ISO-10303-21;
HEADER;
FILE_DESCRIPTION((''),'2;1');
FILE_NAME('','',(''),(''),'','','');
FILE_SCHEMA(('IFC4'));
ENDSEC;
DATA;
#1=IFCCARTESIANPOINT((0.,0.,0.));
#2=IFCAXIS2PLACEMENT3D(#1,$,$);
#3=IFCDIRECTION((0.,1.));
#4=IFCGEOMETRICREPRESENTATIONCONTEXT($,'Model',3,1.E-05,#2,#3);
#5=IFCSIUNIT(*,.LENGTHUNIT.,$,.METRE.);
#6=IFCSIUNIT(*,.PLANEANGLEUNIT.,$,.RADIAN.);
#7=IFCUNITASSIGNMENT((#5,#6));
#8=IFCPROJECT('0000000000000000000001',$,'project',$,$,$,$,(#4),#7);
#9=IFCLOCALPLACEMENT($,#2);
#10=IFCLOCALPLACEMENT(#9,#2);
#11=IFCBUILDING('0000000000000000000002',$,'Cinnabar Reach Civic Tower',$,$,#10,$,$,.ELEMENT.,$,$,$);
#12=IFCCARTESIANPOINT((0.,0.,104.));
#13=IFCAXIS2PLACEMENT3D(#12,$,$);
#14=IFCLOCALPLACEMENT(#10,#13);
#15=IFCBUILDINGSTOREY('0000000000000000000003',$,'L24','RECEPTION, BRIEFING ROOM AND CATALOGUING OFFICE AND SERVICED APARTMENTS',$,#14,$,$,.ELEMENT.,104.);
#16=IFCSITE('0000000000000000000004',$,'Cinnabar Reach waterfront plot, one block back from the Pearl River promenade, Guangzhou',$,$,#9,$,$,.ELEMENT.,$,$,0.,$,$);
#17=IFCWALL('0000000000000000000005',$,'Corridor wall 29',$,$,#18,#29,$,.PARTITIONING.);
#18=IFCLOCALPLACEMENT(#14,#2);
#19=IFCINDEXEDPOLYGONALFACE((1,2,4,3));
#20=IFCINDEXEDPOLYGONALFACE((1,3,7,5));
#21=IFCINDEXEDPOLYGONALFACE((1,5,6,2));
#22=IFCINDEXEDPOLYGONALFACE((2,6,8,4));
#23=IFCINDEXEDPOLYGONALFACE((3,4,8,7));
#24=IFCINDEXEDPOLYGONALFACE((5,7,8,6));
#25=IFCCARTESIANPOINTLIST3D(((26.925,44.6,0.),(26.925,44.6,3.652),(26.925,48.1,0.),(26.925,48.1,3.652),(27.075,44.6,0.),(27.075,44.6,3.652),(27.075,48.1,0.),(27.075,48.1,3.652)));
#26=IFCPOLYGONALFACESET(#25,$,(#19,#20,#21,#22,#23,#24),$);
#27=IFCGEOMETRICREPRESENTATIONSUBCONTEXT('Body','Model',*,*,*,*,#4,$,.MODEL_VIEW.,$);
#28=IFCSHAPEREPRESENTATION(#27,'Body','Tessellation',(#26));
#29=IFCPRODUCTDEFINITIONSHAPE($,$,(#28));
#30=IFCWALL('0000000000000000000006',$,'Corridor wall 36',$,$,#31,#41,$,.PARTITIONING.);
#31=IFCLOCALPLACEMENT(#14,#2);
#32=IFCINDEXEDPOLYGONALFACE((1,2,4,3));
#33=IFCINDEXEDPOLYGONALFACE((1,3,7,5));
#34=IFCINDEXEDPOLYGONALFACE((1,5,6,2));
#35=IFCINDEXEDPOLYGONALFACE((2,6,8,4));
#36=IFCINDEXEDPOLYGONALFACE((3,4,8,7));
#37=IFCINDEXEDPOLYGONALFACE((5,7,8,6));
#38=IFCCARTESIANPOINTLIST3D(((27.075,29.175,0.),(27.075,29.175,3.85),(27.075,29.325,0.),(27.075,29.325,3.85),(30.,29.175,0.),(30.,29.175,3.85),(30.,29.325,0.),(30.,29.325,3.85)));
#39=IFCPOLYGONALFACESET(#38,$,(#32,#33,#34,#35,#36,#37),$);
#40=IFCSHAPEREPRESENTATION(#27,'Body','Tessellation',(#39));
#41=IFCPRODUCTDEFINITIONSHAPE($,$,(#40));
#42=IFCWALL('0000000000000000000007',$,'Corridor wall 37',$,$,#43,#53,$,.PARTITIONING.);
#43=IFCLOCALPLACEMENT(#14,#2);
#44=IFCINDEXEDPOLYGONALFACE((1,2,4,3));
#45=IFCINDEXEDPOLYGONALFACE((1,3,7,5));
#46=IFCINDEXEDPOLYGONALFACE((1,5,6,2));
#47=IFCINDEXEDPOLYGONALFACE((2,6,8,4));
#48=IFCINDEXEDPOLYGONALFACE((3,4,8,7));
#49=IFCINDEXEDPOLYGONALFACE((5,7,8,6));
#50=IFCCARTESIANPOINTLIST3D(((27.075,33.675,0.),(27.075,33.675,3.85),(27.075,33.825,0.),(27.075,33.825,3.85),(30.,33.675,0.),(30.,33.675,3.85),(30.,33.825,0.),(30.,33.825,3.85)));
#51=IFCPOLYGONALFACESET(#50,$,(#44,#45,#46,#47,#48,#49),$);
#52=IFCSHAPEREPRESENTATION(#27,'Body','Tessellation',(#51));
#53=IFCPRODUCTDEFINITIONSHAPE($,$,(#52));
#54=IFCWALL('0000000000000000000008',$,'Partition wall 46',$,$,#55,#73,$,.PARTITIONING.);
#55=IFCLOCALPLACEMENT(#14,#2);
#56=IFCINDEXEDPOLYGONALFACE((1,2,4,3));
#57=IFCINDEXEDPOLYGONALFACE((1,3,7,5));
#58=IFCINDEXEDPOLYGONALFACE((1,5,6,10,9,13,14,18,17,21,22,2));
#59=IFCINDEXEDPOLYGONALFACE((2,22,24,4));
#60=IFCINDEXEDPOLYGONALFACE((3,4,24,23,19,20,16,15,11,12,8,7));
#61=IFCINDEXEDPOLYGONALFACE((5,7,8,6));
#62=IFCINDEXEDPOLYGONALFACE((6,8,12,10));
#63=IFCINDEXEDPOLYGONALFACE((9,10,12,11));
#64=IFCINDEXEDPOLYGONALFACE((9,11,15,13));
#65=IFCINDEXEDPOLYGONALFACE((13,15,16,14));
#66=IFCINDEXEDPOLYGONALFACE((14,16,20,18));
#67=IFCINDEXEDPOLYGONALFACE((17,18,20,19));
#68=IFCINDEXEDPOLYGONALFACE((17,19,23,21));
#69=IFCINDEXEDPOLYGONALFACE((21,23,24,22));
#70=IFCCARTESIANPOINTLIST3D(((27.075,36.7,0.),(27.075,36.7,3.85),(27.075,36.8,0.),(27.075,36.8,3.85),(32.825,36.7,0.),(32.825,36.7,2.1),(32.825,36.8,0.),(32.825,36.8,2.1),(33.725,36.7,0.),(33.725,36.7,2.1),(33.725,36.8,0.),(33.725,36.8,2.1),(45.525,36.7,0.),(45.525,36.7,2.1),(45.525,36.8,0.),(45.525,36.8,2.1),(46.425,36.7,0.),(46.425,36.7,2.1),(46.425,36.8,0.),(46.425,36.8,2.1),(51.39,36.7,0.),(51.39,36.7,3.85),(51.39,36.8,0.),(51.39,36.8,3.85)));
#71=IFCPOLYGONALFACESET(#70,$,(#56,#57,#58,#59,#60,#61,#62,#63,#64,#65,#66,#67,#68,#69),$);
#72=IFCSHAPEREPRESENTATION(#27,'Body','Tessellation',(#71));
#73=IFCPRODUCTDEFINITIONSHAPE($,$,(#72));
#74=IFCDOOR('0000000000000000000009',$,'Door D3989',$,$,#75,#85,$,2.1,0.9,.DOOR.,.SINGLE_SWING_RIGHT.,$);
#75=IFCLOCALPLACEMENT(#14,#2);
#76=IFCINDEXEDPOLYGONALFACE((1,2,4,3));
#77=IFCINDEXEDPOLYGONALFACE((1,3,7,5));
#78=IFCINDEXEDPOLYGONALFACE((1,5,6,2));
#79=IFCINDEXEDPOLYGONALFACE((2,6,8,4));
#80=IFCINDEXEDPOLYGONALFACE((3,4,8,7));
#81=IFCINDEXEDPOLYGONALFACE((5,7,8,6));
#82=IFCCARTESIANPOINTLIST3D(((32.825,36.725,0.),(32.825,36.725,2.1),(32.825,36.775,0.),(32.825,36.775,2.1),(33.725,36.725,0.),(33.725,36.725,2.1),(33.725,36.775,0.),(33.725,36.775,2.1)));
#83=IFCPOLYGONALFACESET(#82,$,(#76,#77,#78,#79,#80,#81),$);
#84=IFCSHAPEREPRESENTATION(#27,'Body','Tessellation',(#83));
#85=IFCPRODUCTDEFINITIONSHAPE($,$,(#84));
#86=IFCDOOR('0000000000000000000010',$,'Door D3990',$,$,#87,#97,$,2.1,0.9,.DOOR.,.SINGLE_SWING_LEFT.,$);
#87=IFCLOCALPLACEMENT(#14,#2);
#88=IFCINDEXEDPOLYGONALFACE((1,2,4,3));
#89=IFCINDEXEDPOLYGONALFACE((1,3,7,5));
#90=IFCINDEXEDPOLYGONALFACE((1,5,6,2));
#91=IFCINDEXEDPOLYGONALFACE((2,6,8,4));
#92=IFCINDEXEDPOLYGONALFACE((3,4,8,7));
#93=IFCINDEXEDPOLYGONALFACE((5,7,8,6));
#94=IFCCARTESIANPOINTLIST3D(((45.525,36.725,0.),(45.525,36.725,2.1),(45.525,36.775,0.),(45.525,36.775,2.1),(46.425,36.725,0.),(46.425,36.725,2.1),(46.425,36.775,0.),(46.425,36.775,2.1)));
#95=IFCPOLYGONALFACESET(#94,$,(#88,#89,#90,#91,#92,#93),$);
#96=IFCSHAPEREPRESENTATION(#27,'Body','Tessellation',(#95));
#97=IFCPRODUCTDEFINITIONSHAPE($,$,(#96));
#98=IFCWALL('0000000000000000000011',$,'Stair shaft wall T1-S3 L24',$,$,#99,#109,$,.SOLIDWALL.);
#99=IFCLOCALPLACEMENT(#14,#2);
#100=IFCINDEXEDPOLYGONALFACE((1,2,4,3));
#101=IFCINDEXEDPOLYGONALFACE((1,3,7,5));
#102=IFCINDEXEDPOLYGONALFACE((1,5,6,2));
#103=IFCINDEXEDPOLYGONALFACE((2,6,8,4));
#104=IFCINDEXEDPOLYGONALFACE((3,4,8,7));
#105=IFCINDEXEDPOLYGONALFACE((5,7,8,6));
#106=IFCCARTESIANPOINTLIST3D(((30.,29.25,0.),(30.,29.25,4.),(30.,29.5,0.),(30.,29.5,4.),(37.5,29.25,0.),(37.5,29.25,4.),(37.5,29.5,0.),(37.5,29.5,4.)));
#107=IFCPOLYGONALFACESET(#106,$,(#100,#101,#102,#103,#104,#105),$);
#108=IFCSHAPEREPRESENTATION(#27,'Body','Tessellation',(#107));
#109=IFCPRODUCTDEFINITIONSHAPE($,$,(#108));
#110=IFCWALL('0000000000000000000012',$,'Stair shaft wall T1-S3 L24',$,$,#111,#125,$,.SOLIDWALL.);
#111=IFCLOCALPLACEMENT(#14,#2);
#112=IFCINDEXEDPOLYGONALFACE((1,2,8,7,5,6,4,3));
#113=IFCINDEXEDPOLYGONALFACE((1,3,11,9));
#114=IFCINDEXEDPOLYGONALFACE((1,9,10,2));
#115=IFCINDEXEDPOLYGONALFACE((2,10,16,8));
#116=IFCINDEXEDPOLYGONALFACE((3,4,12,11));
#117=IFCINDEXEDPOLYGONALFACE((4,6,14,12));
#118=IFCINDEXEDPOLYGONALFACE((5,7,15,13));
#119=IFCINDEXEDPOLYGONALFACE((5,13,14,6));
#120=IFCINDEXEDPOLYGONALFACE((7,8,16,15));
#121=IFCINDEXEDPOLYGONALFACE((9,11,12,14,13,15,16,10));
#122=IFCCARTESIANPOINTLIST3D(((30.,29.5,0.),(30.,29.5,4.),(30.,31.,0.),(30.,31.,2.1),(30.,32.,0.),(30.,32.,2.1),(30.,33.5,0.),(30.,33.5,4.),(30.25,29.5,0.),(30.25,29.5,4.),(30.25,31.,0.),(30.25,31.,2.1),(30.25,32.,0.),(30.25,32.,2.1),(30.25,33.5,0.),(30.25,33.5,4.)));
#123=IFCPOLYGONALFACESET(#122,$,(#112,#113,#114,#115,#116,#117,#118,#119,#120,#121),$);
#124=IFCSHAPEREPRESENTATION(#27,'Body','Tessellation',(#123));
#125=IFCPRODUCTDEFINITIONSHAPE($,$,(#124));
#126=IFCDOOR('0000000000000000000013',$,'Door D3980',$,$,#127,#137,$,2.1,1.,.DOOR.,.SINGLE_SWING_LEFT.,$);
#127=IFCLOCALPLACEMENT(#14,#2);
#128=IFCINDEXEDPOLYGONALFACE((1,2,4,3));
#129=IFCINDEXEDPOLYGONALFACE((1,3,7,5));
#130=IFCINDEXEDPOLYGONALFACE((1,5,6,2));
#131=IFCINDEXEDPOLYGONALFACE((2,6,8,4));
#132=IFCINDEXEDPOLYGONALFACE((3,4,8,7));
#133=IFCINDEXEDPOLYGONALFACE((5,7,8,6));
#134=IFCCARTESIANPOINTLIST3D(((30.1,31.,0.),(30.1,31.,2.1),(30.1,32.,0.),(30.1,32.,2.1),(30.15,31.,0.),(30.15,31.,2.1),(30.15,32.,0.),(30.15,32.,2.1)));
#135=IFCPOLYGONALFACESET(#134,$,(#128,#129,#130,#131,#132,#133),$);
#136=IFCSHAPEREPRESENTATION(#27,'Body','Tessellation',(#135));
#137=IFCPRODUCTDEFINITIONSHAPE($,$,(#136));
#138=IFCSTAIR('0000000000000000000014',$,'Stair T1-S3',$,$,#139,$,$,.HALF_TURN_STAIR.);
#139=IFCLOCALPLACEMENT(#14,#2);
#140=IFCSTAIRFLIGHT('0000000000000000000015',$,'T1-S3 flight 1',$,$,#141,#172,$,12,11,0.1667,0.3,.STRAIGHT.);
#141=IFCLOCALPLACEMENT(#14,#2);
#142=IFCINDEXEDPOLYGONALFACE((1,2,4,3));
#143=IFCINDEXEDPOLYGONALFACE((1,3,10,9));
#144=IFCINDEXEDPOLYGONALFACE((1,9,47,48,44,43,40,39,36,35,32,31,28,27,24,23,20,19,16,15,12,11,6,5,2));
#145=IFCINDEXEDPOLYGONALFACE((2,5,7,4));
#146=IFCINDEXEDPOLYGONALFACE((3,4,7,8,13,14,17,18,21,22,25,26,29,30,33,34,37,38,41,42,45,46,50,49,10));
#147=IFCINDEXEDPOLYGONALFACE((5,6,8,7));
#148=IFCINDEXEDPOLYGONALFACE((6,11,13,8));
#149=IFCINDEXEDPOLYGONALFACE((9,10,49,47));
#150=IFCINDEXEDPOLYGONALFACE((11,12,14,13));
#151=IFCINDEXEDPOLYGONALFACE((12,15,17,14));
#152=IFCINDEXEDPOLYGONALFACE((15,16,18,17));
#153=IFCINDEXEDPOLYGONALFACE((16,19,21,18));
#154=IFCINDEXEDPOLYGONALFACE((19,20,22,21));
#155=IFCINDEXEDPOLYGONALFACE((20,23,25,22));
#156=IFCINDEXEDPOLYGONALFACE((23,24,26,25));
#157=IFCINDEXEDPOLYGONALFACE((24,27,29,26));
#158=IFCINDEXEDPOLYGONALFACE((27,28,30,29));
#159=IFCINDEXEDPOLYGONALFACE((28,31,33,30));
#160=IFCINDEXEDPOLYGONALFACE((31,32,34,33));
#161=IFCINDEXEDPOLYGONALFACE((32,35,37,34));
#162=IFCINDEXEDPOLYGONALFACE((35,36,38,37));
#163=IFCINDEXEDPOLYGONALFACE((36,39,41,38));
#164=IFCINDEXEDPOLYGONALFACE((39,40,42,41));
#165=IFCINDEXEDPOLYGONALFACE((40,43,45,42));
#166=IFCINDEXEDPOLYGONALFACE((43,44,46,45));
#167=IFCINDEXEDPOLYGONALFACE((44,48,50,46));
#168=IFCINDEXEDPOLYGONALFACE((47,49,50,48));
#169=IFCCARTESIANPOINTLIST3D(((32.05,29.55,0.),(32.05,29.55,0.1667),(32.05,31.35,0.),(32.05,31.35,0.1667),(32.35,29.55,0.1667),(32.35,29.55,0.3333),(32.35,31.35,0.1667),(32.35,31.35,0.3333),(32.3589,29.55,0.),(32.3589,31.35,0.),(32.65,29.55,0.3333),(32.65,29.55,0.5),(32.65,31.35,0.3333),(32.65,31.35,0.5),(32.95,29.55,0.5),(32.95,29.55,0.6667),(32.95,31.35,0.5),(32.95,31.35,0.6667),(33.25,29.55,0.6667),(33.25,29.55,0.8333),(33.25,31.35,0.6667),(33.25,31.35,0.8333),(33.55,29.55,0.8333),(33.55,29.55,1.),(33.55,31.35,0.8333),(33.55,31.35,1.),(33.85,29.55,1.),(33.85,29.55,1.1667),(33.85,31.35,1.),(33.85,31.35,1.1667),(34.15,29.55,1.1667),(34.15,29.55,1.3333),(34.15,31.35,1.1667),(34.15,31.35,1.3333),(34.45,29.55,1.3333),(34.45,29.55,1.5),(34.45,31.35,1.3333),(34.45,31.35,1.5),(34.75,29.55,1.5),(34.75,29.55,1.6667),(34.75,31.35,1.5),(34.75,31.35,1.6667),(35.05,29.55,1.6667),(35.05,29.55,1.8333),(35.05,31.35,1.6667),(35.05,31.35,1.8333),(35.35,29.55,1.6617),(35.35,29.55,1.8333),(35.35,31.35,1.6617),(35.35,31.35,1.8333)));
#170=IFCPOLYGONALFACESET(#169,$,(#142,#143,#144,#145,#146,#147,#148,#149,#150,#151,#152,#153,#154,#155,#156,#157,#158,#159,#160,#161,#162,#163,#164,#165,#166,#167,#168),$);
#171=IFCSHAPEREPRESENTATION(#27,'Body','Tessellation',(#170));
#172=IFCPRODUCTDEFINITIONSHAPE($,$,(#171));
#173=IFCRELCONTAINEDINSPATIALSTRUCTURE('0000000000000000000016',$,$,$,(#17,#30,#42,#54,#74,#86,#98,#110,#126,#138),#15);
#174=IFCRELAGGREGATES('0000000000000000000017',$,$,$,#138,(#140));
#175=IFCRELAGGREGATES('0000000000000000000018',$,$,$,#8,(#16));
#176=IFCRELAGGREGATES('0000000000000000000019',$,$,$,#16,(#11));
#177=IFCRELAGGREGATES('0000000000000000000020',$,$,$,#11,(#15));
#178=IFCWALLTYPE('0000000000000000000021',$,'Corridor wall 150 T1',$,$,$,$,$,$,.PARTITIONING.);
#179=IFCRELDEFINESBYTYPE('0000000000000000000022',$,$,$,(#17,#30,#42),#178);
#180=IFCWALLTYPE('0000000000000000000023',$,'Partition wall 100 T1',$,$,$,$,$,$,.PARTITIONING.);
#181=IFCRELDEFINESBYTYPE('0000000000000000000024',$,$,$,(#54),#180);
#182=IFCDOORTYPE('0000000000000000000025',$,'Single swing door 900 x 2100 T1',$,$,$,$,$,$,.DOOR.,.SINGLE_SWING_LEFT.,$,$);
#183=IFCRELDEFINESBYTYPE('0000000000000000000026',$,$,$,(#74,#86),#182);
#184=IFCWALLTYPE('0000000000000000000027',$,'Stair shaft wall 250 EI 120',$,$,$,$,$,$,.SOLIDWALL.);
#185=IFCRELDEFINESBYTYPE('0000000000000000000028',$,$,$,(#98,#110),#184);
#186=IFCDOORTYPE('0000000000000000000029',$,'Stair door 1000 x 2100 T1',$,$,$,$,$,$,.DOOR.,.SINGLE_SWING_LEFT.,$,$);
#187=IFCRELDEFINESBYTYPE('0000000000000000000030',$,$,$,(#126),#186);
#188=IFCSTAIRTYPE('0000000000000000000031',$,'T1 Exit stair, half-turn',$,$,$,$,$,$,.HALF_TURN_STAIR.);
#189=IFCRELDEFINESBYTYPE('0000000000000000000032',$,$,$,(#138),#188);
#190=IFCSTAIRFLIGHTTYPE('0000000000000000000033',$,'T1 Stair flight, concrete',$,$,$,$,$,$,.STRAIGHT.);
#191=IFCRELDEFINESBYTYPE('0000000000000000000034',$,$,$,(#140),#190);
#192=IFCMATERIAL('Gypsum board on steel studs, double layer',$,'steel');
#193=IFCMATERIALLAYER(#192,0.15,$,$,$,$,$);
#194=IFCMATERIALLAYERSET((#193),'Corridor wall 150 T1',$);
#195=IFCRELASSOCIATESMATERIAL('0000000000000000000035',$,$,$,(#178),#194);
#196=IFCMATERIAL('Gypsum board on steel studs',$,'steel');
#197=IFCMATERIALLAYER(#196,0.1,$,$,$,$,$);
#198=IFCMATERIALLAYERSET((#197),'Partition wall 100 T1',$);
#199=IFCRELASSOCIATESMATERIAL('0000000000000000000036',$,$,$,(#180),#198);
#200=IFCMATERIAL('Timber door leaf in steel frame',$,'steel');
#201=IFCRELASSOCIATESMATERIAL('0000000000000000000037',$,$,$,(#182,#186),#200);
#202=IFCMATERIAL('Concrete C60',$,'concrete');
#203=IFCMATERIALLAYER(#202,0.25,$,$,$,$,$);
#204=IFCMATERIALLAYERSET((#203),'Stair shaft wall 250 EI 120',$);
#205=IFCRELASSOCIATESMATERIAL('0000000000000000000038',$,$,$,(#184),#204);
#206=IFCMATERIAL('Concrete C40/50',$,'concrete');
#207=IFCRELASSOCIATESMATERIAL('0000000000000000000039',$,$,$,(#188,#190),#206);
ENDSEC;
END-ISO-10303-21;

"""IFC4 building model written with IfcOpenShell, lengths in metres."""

from ifc_helpers import new_model, si_unit, direction, frame, frame_2d, origin, place, context, subcontext, project, spatial, polyline, rectangle, outline, extrude, material, layer, layer_set, type_object, element, fill, aggregate, save


model = new_model("IFC4")

# Units and contexts
model_context = context("Model", 3, precision=1e-05, world=origin(), true_north=direction((0.0, 1.0)))
body_context = subcontext(model_context, "Body", "Model", "MODEL_VIEW")
ifc_project = project(units=[si_unit("LENGTHUNIT", "METRE"), si_unit("PLANEANGLEUNIT", "RADIAN")], contexts=[model_context])

# Site, building, storey
site_placement = place(None, origin())
site = spatial("IfcSite", under=ifc_project, at=site_placement, Name="Cinnabar Reach waterfront plot, one block back from the Pearl River promenade, Guangzhou", CompositionType="ELEMENT", RefElevation=0.0)
building_placement = place(site_placement, origin())
building = spatial("IfcBuilding", under=site, at=building_placement, Name="Cinnabar Reach Civic Tower", CompositionType="ELEMENT")
storey_placement = place(building_placement, frame((0.0, 0.0, 104.0)))
storey = spatial("IfcBuildingStorey", under=building, at=storey_placement, Name="L24", Description="RECEPTION, BRIEFING ROOM AND CATALOGUING OFFICE AND SERVICED APARTMENTS", CompositionType="ELEMENT", Elevation=104.0)

# Shared definitions
ifc_material_1 = material(Name="Gypsum board on steel studs, double layer", Category="steel")
ifc_layer_1 = layer(ifc_material_1, 0.15)
ifc_layer_set_1 = layer_set([ifc_layer_1], Name="Corridor wall 150 T1")
wall_type_1 = type_object("IfcWallType", Name="Corridor wall 150 T1", PredefinedType="PARTITIONING", material=ifc_layer_set_1)
ifc_material_2 = material(Name="Timber door leaf in steel frame", Category="steel")

# Walls
wall_1_placement = place(storey_placement, frame((27.0, 44.6, 0.0), z_axis=(0.0, 0.0, 1.0), x_axis=(0.0, 1.0, 0.0)))
element("IfcWall", 1, at=wall_1_placement, inside=storey, type_object=wall_type_1, Name="Corridor wall 29", PredefinedType="PARTITIONING", context=body_context, shape_type="SweptSolid", body=[
    extrude(rectangle(XDim=3.5, YDim=0.15, at=frame_2d((1.75, 0.0))), origin(), (0.0, 0.0, 1.0), 3.652),
])
for number, where, z_axis, x_axis, name in (
    (2, (27.075, 29.25, 0.0), (0.0, 0.0, 1.0), (1.0, 0.0, 0.0), "Corridor wall 36"),
    (3, (27.075, 33.75, 0.0), (0.0, 0.0, 1.0), (1.0, 0.0, 0.0), "Corridor wall 37"),
):
    element("IfcWall", number, at=place(storey_placement, frame(where, z_axis=z_axis, x_axis=x_axis)), inside=storey, type_object=wall_type_1, Name=name, PredefinedType="PARTITIONING", context=body_context, shape_type="SweptSolid", body=[
        extrude(rectangle(XDim=2.925, YDim=0.15, at=frame_2d((1.4625, 0.0))), origin(), (0.0, 0.0, 1.0), 3.85),
    ])

# Wall, openings, doors
ifc_material_3 = material(Name="Gypsum board on steel studs", Category="steel")
ifc_layer_2 = layer(ifc_material_3, 0.1)
ifc_layer_set_2 = layer_set([ifc_layer_2], Name="Partition wall 100 T1")
wall_type_2 = type_object("IfcWallType", Name="Partition wall 100 T1", PredefinedType="PARTITIONING", material=ifc_layer_set_2)
wall_2_placement = place(storey_placement, frame((27.075, 36.75, 0.0), z_axis=(0.0, 0.0, 1.0), x_axis=(1.0, 0.0, 0.0)))
wall_2 = element("IfcWall", 4, at=wall_2_placement, inside=storey, type_object=wall_type_2, Name="Partition wall 46", PredefinedType="PARTITIONING", context=body_context, shape_type="SweptSolid", body=[
    extrude(rectangle(XDim=24.315, YDim=0.1, at=frame_2d((12.1575, 0.0))), origin(), (0.0, 0.0, 1.0), 3.85),
])
opening_1_placement = place(wall_2_placement, frame((5.75, 0.0, 0.0)))
opening_1 = element("IfcOpeningElement", 5, at=opening_1_placement, cuts=wall_2, PredefinedType="OPENING", context=body_context, shape_type="SweptSolid", body=[
    extrude(rectangle(XDim=0.9, YDim=2.1, at=frame_2d((0.45, 1.05))), frame((0.0, 0.06, 0.0), z_axis=(0.0, -1.0, 0.0), x_axis=(1.0, 0.0, 0.0)), (0.0, 0.0, 1.0), 0.12),
])
opening_2_placement = place(wall_2_placement, frame((18.45, 0.0, 0.0)))
opening_2 = element("IfcOpeningElement", 6, at=opening_2_placement, cuts=wall_2, PredefinedType="OPENING", context=body_context, shape_type="SweptSolid", body=[
    extrude(rectangle(XDim=0.9, YDim=2.1, at=frame_2d((0.45, 1.05))), frame((0.0, 0.06, 0.0), z_axis=(0.0, -1.0, 0.0), x_axis=(1.0, 0.0, 0.0)), (0.0, 0.0, 1.0), 0.12),
])
door_type_1 = type_object("IfcDoorType", Name="Single swing door 900 x 2100 T1", OperationType="SINGLE_SWING_LEFT", PredefinedType="DOOR", material=ifc_material_2)
door_1_placement = place(opening_1_placement, frame((0.9, 0.0, 0.0), z_axis=(0.0, 0.0, 1.0), x_axis=(-1.0, 0.0, 0.0)))
door_1 = element("IfcDoor", 7, at=door_1_placement, inside=storey, type_object=door_type_1, Name="Door D3989", OperationType="SINGLE_SWING_RIGHT", OverallHeight=2.1, OverallWidth=0.9, PredefinedType="DOOR", context=body_context, shape_type="SweptSolid", body=[
    extrude(rectangle(XDim=0.9, YDim=2.1, at=frame_2d((0.45, 1.05))), frame((0.0, 0.025, 0.0), z_axis=(0.0, -1.0, 0.0), x_axis=(1.0, 0.0, 0.0)), (0.0, 0.0, 1.0), 0.05),
])
fill(opening_1, door_1)
door_2_placement = place(opening_2_placement, origin())
door_2 = element("IfcDoor", 8, at=door_2_placement, inside=storey, type_object=door_type_1, Name="Door D3990", OperationType="SINGLE_SWING_LEFT", OverallHeight=2.1, OverallWidth=0.9, PredefinedType="DOOR", context=body_context, shape_type="SweptSolid", body=[
    extrude(rectangle(XDim=0.9, YDim=2.1, at=frame_2d((0.45, 1.05))), frame((0.0, 0.025, 0.0), z_axis=(0.0, -1.0, 0.0), x_axis=(1.0, 0.0, 0.0)), (0.0, 0.0, 1.0), 0.05),
])
fill(opening_2, door_2)

# Wall
ifc_material_4 = material(Name="Concrete C60", Category="concrete")
ifc_layer_3 = layer(ifc_material_4, 0.25)
ifc_layer_set_3 = layer_set([ifc_layer_3], Name="Stair shaft wall 250 EI 120")
wall_type_3 = type_object("IfcWallType", Name="Stair shaft wall 250 EI 120", PredefinedType="SOLIDWALL", material=ifc_layer_set_3)
wall_3_placement = place(storey_placement, frame((30.0, 29.375, 0.0), z_axis=(0.0, 0.0, 1.0), x_axis=(1.0, 0.0, 0.0)))
element("IfcWall", 9, at=wall_3_placement, inside=storey, type_object=wall_type_3, Name="Stair shaft wall T1-S3 L24", PredefinedType="SOLIDWALL", context=body_context, shape_type="SweptSolid", body=[
    extrude(rectangle(XDim=7.5, YDim=0.25, at=frame_2d((3.75, 0.0))), origin(), (0.0, 0.0, 1.0), 4.0),
])

# Wall, opening, door
wall_4_placement = place(storey_placement, frame((30.125, 33.5, 0.0), z_axis=(0.0, 0.0, 1.0), x_axis=(0.0, -1.0, 0.0)))
wall_4 = element("IfcWall", 10, at=wall_4_placement, inside=storey, type_object=wall_type_3, Name="Stair shaft wall T1-S3 L24", PredefinedType="SOLIDWALL", context=body_context, shape_type="SweptSolid", body=[
    extrude(rectangle(XDim=4.0, YDim=0.25, at=frame_2d((2.0, 0.0))), origin(), (0.0, 0.0, 1.0), 4.0),
])
opening_3_placement = place(wall_4_placement, frame((1.5, 0.0, 0.0)))
opening_3 = element("IfcOpeningElement", 11, at=opening_3_placement, cuts=wall_4, PredefinedType="OPENING", context=body_context, shape_type="SweptSolid", body=[
    extrude(rectangle(XDim=1.0, YDim=2.1, at=frame_2d((0.5, 1.05))), frame((0.0, 0.135, 0.0), z_axis=(0.0, -1.0, 0.0), x_axis=(1.0, 0.0, 0.0)), (0.0, 0.0, 1.0), 0.27),
])
door_type_2 = type_object("IfcDoorType", Name="Stair door 1000 x 2100 T1", OperationType="SINGLE_SWING_LEFT", PredefinedType="DOOR", material=ifc_material_2)
door_3_placement = place(opening_3_placement, origin())
door_3 = element("IfcDoor", 12, at=door_3_placement, inside=storey, type_object=door_type_2, Name="Door D3980", OperationType="SINGLE_SWING_LEFT", OverallHeight=2.1, OverallWidth=1.0, PredefinedType="DOOR", context=body_context, shape_type="SweptSolid", body=[
    extrude(rectangle(XDim=1.0, YDim=2.1, at=frame_2d((0.5, 1.05))), frame((0.0, 0.025, 0.0), z_axis=(0.0, -1.0, 0.0), x_axis=(1.0, 0.0, 0.0)), (0.0, 0.0, 1.0), 0.05),
])
fill(opening_3, door_3)

# Stair, stair flight
ifc_material_5 = material(Name="Concrete C40/50", Category="concrete")
stair_type = type_object("IfcStairType", Name="T1 Exit stair, half-turn", PredefinedType="HALF_TURN_STAIR", material=ifc_material_5)
stair_placement = place(storey_placement, origin())
stair = element("IfcStair", 13, at=stair_placement, inside=storey, type_object=stair_type, Name="Stair T1-S3", PredefinedType="HALF_TURN_STAIR")
stair_flight_type = type_object("IfcStairFlightType", Name="T1 Stair flight, concrete", PredefinedType="STRAIGHT", material=ifc_material_5)
stair_flight_1_placement = place(storey_placement, frame((32.05, 30.45, 0.0), z_axis=(0.0, 0.0, 1.0), x_axis=(1.0, 0.0, 0.0)))
stair_flight_1 = element("IfcStairFlight", 14, at=stair_flight_1_placement, type_object=stair_flight_type, Name="T1-S3 flight 1", NumberOfRisers=12, NumberOfTreads=11, PredefinedType="STRAIGHT", RiserHeight=0.1667, TreadLength=0.3, context=body_context, shape_type="SweptSolid", body=[
    extrude(outline(polyline([(0.0, 0.0), (0.0, 0.1667), (0.3, 0.1667), (0.3, 0.3333), (0.6, 0.3333), (0.6, 0.5), (0.9, 0.5), (0.9, 0.6667), (1.2, 0.6667), (1.2, 0.8333), (1.5, 0.8333), (1.5, 1.0), (1.8, 1.0), (1.8, 1.1667), (2.1, 1.1667), (2.1, 1.3333), (2.4, 1.3333), (2.4, 1.5), (2.7, 1.5), (2.7, 1.6667), (3.0, 1.6667), (3.0, 1.8333), (3.3, 1.8333), (3.3, 2.0), (3.3, 1.6617), (0.3089, 0.0), (0.0, 0.0)])), frame((0.0, 0.9, 0.0), z_axis=(0.0, -1.0, 0.0), x_axis=(1.0, 0.0, 0.0)), (0.0, 0.0, 1.0), 1.8),
])
aggregate(stair, [stair_flight_1])

save(model, "model.ifc")
